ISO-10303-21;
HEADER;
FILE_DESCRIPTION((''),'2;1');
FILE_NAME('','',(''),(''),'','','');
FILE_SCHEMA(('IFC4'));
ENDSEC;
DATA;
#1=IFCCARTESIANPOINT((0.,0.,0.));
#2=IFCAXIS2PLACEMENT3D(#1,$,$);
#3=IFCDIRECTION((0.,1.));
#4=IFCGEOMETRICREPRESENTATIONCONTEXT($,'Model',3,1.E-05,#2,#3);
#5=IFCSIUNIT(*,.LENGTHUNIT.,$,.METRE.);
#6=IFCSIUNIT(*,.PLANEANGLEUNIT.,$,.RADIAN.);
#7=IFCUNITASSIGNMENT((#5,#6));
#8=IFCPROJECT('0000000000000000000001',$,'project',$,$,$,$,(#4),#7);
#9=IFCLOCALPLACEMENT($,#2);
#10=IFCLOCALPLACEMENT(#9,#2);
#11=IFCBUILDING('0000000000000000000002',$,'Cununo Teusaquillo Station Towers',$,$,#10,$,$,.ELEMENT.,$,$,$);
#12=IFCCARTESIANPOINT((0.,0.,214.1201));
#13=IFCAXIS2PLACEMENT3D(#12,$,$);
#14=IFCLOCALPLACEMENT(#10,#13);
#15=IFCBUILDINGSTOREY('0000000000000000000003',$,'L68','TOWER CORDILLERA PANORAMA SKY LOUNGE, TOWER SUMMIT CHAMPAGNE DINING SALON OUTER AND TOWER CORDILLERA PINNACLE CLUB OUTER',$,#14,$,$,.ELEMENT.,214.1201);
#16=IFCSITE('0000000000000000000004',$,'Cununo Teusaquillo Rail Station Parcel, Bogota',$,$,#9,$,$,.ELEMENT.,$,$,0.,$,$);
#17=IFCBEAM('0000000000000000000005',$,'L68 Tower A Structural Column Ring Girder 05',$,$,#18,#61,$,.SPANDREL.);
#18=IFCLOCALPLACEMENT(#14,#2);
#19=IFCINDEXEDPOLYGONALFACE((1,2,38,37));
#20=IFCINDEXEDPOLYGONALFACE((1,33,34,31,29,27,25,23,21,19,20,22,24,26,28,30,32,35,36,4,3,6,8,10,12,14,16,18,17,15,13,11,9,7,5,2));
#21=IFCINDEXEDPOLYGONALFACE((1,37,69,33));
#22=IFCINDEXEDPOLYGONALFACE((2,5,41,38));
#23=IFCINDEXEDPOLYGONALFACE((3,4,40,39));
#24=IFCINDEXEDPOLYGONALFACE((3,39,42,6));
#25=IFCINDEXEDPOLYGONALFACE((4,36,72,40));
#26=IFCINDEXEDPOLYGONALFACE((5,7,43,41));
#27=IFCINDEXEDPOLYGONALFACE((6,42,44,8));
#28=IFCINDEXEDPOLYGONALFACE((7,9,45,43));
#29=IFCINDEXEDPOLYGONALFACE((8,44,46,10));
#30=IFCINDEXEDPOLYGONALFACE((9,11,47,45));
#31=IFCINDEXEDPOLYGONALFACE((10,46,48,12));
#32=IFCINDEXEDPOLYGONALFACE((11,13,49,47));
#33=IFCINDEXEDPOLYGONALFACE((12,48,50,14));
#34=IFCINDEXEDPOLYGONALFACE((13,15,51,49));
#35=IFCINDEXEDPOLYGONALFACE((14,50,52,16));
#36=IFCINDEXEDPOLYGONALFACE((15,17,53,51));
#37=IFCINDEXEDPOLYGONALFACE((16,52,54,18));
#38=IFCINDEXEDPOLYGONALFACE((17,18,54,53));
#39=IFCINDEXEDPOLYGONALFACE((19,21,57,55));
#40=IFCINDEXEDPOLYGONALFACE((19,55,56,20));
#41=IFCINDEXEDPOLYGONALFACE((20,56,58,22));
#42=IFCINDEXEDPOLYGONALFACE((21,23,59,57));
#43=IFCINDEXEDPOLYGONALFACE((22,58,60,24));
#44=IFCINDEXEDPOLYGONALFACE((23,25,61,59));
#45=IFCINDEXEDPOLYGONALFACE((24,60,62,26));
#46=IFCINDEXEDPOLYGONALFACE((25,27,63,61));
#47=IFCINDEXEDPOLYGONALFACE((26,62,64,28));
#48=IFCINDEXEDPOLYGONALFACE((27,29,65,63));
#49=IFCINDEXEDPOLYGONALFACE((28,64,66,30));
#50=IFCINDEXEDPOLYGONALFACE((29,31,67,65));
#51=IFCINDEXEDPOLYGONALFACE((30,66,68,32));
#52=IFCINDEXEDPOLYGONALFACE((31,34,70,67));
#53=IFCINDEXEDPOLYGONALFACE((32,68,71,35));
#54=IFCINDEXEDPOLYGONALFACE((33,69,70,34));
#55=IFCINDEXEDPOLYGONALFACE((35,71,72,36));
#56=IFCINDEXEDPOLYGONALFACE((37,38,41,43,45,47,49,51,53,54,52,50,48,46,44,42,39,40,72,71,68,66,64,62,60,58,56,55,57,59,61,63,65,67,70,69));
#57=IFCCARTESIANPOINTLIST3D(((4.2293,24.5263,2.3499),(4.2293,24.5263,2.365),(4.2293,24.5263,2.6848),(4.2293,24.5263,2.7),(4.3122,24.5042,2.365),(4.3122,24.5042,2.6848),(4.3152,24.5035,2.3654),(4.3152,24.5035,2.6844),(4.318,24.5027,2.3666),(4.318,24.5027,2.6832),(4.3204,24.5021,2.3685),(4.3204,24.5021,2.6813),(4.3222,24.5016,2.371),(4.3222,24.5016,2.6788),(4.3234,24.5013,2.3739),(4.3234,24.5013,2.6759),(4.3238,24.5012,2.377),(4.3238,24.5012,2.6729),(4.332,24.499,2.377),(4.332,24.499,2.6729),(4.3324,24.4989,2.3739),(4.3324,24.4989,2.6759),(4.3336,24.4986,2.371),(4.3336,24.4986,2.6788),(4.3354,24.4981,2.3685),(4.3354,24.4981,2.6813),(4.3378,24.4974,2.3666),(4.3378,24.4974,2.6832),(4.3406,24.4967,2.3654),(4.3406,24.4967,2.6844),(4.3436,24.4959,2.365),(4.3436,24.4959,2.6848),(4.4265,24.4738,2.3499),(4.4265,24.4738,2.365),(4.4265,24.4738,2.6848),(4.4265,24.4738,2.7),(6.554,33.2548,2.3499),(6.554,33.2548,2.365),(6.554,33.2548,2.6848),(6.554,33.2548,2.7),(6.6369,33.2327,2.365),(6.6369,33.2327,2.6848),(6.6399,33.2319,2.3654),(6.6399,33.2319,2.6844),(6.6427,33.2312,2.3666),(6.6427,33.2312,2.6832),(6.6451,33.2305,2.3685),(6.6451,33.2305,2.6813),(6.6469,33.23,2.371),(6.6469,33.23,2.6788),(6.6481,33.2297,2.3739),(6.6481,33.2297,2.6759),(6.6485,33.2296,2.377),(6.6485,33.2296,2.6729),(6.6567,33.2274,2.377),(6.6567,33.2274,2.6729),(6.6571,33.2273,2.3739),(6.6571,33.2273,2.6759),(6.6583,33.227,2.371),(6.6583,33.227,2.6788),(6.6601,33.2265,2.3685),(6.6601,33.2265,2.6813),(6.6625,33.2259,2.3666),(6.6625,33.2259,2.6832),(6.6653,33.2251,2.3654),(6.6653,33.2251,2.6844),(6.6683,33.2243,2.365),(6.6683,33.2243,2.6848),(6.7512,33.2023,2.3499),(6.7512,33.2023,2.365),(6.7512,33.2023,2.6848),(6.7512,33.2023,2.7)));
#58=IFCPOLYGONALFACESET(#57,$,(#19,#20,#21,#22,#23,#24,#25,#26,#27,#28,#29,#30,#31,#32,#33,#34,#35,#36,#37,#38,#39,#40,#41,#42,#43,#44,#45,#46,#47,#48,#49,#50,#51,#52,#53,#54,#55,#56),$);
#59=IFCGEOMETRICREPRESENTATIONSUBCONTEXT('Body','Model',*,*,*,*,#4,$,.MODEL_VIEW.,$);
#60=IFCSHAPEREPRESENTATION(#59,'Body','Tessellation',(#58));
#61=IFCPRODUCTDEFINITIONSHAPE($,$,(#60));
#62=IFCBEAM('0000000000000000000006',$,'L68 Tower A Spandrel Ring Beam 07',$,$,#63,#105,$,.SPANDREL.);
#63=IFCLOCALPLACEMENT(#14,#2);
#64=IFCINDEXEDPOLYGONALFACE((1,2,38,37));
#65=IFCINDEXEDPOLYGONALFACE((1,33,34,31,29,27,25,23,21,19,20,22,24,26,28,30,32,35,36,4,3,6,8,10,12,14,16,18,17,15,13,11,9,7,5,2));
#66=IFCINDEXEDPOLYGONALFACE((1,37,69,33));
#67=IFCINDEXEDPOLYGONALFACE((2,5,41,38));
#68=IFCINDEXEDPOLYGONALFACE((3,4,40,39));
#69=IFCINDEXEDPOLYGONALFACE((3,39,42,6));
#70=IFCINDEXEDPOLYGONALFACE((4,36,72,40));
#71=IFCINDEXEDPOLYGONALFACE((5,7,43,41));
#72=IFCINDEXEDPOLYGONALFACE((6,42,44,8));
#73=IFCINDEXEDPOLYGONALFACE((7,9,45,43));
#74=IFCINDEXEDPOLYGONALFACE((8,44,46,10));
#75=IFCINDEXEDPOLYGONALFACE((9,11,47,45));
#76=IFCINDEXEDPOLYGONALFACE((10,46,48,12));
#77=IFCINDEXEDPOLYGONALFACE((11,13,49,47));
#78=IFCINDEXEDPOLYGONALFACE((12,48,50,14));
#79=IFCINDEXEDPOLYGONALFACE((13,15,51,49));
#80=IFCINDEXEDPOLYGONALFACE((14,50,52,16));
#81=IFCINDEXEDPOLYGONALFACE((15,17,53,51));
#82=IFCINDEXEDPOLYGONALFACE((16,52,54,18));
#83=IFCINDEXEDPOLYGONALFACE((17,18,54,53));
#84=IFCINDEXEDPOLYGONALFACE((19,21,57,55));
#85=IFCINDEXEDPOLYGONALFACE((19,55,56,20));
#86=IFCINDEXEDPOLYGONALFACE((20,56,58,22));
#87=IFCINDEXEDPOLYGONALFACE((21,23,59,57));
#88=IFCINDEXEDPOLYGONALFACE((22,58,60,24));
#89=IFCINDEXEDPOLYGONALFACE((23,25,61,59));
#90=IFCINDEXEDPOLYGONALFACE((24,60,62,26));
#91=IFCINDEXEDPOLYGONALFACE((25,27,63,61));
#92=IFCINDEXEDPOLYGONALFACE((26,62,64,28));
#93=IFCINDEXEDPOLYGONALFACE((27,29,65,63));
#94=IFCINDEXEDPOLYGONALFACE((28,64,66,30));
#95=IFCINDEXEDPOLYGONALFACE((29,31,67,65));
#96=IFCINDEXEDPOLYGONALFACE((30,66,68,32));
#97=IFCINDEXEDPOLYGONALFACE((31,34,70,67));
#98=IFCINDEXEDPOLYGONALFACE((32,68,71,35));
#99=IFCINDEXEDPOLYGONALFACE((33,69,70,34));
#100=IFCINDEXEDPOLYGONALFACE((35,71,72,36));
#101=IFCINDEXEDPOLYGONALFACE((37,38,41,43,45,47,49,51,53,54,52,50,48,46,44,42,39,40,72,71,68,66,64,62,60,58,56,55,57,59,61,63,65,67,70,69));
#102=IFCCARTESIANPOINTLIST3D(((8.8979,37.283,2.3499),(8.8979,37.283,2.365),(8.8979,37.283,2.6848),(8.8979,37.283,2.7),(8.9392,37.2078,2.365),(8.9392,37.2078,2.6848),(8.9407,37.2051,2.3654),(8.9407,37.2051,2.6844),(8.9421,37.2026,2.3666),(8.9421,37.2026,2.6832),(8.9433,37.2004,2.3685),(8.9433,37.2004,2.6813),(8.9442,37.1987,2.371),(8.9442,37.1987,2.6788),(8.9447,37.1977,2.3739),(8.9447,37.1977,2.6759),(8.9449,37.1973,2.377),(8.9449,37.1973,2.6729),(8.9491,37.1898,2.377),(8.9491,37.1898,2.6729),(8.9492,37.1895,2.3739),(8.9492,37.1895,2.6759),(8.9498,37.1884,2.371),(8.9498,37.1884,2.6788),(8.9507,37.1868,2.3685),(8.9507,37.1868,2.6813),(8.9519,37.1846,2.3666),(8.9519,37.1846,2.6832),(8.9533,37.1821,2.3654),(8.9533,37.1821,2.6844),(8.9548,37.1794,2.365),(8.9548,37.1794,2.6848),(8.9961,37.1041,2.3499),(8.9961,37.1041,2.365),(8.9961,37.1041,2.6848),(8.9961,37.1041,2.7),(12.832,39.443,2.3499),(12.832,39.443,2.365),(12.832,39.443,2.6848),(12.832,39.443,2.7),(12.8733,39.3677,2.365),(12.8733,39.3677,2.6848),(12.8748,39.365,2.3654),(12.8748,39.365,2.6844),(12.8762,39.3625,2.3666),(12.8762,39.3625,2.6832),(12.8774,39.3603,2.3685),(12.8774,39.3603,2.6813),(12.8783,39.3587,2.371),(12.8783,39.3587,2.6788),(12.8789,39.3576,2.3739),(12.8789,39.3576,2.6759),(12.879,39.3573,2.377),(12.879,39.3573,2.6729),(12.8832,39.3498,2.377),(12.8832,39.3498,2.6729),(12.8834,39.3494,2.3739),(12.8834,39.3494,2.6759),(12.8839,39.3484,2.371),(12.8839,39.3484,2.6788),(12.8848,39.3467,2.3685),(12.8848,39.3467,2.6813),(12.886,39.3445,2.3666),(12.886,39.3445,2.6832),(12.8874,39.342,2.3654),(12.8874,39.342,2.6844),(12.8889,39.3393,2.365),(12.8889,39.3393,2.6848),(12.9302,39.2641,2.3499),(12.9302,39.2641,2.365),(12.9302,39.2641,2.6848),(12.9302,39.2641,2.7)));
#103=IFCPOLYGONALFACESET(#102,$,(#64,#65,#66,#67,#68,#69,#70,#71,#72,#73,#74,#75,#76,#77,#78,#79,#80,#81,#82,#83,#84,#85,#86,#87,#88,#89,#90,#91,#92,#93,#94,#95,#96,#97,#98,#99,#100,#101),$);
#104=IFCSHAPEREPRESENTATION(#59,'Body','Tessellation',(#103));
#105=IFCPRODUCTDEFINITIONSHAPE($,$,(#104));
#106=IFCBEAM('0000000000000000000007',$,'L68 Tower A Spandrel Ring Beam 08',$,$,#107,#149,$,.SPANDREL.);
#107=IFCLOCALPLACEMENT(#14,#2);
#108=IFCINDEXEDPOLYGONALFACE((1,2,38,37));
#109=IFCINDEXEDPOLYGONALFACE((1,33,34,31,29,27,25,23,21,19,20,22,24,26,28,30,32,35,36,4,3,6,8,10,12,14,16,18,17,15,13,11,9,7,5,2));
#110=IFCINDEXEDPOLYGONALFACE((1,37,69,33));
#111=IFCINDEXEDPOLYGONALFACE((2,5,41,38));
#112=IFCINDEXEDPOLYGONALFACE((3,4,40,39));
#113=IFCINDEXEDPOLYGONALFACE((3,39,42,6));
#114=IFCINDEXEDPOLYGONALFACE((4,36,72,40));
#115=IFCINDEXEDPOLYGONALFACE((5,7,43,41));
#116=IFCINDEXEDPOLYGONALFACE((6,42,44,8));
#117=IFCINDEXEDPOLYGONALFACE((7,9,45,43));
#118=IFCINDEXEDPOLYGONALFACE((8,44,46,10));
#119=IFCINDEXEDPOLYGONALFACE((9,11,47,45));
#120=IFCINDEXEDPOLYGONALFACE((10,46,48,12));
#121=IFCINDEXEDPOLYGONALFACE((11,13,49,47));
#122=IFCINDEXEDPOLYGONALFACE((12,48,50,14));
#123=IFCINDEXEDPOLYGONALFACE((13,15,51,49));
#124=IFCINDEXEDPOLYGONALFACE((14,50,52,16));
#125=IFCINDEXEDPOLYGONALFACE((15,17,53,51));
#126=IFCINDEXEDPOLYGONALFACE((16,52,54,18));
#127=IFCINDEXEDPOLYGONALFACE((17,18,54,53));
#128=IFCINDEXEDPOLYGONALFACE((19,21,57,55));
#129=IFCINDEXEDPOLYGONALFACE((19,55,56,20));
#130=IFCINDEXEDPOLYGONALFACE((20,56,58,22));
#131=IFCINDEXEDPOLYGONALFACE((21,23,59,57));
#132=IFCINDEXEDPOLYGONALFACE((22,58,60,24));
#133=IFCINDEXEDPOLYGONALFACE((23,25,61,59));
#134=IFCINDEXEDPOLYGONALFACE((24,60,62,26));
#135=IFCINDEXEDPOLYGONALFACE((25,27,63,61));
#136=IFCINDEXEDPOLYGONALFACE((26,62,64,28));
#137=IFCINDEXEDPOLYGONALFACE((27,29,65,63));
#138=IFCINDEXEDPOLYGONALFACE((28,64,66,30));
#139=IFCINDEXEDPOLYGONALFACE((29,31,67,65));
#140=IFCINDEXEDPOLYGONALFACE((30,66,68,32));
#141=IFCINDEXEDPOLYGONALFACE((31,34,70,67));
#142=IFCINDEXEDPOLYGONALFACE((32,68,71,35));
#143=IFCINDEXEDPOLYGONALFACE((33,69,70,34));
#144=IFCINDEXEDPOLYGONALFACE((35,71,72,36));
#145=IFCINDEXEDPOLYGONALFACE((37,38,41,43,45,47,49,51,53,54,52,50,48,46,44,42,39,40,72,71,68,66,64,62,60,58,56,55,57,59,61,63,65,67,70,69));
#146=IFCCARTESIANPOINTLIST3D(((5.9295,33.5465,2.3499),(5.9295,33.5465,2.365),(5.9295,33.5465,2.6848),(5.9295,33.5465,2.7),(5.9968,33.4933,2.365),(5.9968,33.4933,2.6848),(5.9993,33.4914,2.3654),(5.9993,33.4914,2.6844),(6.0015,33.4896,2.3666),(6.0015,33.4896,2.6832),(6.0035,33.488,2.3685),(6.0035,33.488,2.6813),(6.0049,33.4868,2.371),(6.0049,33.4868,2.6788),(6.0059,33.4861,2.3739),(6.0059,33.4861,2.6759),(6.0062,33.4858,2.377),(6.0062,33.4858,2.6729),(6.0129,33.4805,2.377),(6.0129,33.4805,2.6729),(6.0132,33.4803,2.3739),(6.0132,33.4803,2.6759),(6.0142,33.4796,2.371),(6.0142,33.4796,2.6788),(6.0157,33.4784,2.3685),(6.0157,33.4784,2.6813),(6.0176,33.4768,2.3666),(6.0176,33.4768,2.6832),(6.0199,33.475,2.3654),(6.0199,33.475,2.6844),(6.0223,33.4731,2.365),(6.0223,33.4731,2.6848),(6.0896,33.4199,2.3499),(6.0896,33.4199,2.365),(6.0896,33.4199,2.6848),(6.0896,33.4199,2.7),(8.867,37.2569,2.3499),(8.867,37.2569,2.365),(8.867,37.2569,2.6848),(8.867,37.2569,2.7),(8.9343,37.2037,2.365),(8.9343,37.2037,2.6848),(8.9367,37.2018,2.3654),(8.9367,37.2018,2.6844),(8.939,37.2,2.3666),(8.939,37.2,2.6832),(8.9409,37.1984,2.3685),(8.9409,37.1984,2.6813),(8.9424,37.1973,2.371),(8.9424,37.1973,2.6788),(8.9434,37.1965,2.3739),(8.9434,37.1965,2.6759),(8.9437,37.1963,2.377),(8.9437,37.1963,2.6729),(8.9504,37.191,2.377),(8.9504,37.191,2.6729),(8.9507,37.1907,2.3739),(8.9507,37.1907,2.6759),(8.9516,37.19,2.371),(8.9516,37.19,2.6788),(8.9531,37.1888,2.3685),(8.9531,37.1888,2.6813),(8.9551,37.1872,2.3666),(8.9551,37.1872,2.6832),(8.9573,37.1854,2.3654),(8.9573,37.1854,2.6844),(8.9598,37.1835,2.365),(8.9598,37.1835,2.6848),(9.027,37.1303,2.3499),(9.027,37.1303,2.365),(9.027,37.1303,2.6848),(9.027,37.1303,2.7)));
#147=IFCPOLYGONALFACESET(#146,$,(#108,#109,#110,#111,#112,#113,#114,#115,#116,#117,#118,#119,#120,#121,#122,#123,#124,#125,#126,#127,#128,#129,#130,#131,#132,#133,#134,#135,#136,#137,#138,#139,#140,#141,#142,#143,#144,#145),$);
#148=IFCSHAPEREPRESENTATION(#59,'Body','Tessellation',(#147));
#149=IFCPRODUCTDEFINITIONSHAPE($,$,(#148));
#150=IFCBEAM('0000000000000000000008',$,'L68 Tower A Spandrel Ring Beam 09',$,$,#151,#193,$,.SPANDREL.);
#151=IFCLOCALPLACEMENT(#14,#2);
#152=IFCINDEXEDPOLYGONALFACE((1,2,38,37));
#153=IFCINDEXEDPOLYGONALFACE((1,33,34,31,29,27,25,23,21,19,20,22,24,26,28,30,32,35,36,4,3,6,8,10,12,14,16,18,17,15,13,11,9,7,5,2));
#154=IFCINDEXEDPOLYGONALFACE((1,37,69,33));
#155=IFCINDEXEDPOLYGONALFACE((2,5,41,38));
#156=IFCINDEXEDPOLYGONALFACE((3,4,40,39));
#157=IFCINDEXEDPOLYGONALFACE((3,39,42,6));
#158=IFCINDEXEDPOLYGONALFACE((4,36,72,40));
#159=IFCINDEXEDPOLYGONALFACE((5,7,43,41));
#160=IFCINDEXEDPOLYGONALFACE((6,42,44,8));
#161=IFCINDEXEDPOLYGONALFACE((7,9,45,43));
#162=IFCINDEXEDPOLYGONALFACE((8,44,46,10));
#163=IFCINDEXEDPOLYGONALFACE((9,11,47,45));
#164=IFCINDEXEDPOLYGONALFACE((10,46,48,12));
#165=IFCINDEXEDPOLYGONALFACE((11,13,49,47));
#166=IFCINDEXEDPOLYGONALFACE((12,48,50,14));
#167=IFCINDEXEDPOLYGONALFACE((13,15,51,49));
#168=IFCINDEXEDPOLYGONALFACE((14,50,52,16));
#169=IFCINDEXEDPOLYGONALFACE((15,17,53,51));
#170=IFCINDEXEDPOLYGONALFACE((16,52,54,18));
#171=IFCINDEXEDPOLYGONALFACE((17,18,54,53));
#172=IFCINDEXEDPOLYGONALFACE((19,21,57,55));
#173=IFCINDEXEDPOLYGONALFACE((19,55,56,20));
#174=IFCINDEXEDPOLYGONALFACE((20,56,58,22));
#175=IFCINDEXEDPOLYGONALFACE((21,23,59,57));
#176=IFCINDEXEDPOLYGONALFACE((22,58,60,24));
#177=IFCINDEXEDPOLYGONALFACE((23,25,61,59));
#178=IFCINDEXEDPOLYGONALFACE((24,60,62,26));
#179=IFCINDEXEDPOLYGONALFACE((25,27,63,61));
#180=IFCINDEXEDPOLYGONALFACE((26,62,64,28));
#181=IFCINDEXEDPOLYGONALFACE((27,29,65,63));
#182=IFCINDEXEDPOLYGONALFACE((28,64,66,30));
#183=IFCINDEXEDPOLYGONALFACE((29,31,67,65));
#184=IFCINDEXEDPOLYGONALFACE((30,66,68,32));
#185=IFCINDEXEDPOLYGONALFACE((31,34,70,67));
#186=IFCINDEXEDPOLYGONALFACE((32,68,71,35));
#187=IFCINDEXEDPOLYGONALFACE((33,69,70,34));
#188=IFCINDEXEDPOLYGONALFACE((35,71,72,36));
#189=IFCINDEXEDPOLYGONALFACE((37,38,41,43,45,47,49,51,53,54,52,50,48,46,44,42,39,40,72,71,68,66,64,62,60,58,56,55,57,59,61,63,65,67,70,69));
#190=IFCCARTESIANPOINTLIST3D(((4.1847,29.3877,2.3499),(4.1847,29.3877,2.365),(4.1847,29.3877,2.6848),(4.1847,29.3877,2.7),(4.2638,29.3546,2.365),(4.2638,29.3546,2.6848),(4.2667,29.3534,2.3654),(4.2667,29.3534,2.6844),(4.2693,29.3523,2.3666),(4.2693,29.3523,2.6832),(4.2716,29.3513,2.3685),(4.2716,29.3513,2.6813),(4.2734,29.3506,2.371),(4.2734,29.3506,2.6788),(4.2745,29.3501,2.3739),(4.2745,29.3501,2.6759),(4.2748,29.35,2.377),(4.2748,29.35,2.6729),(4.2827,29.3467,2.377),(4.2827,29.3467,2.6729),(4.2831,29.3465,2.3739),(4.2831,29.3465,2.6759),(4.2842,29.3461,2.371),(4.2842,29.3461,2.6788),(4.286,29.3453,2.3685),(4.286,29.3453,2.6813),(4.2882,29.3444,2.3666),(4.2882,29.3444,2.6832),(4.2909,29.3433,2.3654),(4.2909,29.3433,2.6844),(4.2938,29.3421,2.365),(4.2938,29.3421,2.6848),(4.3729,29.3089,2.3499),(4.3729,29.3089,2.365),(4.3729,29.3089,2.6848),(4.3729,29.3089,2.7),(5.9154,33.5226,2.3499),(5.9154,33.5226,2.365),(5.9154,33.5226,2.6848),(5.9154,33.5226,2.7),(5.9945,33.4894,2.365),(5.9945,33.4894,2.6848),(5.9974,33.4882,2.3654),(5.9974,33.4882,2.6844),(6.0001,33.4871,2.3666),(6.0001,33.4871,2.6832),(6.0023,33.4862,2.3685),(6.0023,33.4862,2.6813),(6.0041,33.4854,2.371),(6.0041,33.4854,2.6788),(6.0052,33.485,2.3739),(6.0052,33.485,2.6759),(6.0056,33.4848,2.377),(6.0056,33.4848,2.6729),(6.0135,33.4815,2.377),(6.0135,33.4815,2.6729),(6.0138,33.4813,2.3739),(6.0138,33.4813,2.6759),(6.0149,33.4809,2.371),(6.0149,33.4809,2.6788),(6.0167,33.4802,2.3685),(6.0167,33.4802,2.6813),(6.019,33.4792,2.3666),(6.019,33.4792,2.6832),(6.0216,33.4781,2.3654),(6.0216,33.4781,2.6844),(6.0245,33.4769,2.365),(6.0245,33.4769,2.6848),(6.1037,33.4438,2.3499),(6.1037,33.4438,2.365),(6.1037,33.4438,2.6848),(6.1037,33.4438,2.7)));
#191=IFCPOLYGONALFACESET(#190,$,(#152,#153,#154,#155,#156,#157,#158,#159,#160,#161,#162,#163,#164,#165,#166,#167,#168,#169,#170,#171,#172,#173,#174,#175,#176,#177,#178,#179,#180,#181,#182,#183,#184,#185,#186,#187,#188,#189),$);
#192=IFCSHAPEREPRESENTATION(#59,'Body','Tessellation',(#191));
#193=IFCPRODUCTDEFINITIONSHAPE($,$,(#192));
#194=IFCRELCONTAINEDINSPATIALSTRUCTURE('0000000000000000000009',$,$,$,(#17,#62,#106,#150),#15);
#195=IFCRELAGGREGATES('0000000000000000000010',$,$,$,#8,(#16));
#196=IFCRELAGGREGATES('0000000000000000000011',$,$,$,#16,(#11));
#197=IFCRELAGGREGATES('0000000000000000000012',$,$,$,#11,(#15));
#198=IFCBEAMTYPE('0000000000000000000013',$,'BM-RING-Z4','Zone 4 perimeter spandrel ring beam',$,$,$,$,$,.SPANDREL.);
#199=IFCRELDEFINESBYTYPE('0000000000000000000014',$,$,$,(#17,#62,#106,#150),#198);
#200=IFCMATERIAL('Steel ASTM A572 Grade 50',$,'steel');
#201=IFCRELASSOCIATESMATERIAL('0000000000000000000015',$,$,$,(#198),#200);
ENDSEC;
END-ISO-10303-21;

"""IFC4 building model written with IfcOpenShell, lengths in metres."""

from ifc_helpers import new_model, si_unit, direction, frame, origin, origin_2d, place, context, subcontext, project, spatial, i_section, extrude, material, material_profile, profile_set, type_object, element, save


model = new_model("IFC4")

# Units and contexts
model_context = context("Model", 3, precision=1e-05, world=origin(), true_north=direction((0.0, 1.0)))
body_context = subcontext(model_context, "Body", "Model", "MODEL_VIEW")
ifc_project = project(units=[si_unit("LENGTHUNIT", "METRE"), si_unit("PLANEANGLEUNIT", "RADIAN")], contexts=[model_context])

# Site, building, storey
site_placement = place(None, origin())
site = spatial("IfcSite", under=ifc_project, at=site_placement, Name="Cununo Teusaquillo Rail Station Parcel, Bogota", CompositionType="ELEMENT", RefElevation=0.0)
building_placement = place(site_placement, origin())
building = spatial("IfcBuilding", under=site, at=building_placement, Name="Cununo Teusaquillo Station Towers", CompositionType="ELEMENT")
storey_placement = place(building_placement, frame((0.0, 0.0, 214.1201)))
storey = spatial("IfcBuildingStorey", under=building, at=storey_placement, Name="L68", Description="TOWER CORDILLERA PANORAMA SKY LOUNGE, TOWER SUMMIT CHAMPAGNE DINING SALON OUTER AND TOWER CORDILLERA PINNACLE CLUB OUTER", CompositionType="ELEMENT", Elevation=214.1201)

# Beams
ifc_material_1 = material(Name="Steel ASTM A572 Grade 50", Category="steel")
ifc_material_profile_1 = material_profile(ifc_material_1, i_section(OverallWidth=0.2041, OverallDepth=0.3501, WebThickness=0.0085, FlangeThickness=0.0151, FilletRadius=0.012, at=origin_2d()), Name="W14X48")
ifc_profile_set_1 = profile_set([ifc_material_profile_1], Name="Steel ASTM A572 Grade 50")
beam_type_1 = type_object("IfcBeamType", Name="BM-RING-Z4", Description="Zone 4 perimeter spandrel ring beam", PredefinedType="SPANDREL", material=ifc_profile_set_1)
beam_1_placement = place(storey_placement, frame((6.6526, 33.2285, 2.5249), z_axis=(-0.257363, -0.966315, 0.0), x_axis=(0.966315, -0.257363, 0.0)))
element("IfcBeam", 1, at=beam_1_placement, inside=storey, type_object=beam_type_1, Name="L68 Tower A Structural Column Ring Girder 05", PredefinedType="SPANDREL", context=body_context, shape_type="SweptSolid", body=[
    extrude(i_section(OverallWidth=0.2041, OverallDepth=0.3501, WebThickness=0.0085, FlangeThickness=0.0151, FilletRadius=0.012, at=origin_2d()), origin(), (0.0, 0.0, 1.0), 9.0327),
])
beam_2_placement = place(storey_placement, frame((12.8811, 39.3535, 2.5249), z_axis=(-0.876576, -0.481263, 0.0), x_axis=(0.481263, -0.876576, 0.0)))
element("IfcBeam", 2, at=beam_2_placement, inside=storey, type_object=beam_type_1, Name="L68 Tower A Spandrel Ring Beam 07", PredefinedType="SPANDREL", context=body_context, shape_type="SweptSolid", body=[
    extrude(i_section(OverallWidth=0.2041, OverallDepth=0.3501, WebThickness=0.0085, FlangeThickness=0.0151, FilletRadius=0.012, at=origin_2d()), origin(), (0.0, 0.0, 1.0), 4.488),
])
beam_3_placement = place(storey_placement, frame((8.947, 37.1936, 2.5249), z_axis=(-0.620711, -0.78404, 0.0), x_axis=(0.78404, -0.620711, 0.0)))
element("IfcBeam", 3, at=beam_3_placement, inside=storey, type_object=beam_type_1, Name="L68 Tower A Spandrel Ring Beam 08", PredefinedType="SPANDREL", context=body_context, shape_type="SweptSolid", body=[
    extrude(i_section(OverallWidth=0.2041, OverallDepth=0.3501, WebThickness=0.0085, FlangeThickness=0.0151, FilletRadius=0.012, at=origin_2d()), origin(), (0.0, 0.0, 1.0), 4.7324),
])
beam_4_placement = place(storey_placement, frame((6.0095, 33.4832, 2.5249), z_axis=(-0.386115, -0.92245, 0.0), x_axis=(0.92245, -0.386115, 0.0)))
element("IfcBeam", 4, at=beam_4_placement, inside=storey, type_object=beam_type_1, Name="L68 Tower A Spandrel Ring Beam 09", PredefinedType="SPANDREL", context=body_context, shape_type="SweptSolid", body=[
    extrude(i_section(OverallWidth=0.2041, OverallDepth=0.3501, WebThickness=0.0085, FlangeThickness=0.0151, FilletRadius=0.012, at=origin_2d()), origin(), (0.0, 0.0, 1.0), 4.4824),
])

save(model, "model.ifc")
